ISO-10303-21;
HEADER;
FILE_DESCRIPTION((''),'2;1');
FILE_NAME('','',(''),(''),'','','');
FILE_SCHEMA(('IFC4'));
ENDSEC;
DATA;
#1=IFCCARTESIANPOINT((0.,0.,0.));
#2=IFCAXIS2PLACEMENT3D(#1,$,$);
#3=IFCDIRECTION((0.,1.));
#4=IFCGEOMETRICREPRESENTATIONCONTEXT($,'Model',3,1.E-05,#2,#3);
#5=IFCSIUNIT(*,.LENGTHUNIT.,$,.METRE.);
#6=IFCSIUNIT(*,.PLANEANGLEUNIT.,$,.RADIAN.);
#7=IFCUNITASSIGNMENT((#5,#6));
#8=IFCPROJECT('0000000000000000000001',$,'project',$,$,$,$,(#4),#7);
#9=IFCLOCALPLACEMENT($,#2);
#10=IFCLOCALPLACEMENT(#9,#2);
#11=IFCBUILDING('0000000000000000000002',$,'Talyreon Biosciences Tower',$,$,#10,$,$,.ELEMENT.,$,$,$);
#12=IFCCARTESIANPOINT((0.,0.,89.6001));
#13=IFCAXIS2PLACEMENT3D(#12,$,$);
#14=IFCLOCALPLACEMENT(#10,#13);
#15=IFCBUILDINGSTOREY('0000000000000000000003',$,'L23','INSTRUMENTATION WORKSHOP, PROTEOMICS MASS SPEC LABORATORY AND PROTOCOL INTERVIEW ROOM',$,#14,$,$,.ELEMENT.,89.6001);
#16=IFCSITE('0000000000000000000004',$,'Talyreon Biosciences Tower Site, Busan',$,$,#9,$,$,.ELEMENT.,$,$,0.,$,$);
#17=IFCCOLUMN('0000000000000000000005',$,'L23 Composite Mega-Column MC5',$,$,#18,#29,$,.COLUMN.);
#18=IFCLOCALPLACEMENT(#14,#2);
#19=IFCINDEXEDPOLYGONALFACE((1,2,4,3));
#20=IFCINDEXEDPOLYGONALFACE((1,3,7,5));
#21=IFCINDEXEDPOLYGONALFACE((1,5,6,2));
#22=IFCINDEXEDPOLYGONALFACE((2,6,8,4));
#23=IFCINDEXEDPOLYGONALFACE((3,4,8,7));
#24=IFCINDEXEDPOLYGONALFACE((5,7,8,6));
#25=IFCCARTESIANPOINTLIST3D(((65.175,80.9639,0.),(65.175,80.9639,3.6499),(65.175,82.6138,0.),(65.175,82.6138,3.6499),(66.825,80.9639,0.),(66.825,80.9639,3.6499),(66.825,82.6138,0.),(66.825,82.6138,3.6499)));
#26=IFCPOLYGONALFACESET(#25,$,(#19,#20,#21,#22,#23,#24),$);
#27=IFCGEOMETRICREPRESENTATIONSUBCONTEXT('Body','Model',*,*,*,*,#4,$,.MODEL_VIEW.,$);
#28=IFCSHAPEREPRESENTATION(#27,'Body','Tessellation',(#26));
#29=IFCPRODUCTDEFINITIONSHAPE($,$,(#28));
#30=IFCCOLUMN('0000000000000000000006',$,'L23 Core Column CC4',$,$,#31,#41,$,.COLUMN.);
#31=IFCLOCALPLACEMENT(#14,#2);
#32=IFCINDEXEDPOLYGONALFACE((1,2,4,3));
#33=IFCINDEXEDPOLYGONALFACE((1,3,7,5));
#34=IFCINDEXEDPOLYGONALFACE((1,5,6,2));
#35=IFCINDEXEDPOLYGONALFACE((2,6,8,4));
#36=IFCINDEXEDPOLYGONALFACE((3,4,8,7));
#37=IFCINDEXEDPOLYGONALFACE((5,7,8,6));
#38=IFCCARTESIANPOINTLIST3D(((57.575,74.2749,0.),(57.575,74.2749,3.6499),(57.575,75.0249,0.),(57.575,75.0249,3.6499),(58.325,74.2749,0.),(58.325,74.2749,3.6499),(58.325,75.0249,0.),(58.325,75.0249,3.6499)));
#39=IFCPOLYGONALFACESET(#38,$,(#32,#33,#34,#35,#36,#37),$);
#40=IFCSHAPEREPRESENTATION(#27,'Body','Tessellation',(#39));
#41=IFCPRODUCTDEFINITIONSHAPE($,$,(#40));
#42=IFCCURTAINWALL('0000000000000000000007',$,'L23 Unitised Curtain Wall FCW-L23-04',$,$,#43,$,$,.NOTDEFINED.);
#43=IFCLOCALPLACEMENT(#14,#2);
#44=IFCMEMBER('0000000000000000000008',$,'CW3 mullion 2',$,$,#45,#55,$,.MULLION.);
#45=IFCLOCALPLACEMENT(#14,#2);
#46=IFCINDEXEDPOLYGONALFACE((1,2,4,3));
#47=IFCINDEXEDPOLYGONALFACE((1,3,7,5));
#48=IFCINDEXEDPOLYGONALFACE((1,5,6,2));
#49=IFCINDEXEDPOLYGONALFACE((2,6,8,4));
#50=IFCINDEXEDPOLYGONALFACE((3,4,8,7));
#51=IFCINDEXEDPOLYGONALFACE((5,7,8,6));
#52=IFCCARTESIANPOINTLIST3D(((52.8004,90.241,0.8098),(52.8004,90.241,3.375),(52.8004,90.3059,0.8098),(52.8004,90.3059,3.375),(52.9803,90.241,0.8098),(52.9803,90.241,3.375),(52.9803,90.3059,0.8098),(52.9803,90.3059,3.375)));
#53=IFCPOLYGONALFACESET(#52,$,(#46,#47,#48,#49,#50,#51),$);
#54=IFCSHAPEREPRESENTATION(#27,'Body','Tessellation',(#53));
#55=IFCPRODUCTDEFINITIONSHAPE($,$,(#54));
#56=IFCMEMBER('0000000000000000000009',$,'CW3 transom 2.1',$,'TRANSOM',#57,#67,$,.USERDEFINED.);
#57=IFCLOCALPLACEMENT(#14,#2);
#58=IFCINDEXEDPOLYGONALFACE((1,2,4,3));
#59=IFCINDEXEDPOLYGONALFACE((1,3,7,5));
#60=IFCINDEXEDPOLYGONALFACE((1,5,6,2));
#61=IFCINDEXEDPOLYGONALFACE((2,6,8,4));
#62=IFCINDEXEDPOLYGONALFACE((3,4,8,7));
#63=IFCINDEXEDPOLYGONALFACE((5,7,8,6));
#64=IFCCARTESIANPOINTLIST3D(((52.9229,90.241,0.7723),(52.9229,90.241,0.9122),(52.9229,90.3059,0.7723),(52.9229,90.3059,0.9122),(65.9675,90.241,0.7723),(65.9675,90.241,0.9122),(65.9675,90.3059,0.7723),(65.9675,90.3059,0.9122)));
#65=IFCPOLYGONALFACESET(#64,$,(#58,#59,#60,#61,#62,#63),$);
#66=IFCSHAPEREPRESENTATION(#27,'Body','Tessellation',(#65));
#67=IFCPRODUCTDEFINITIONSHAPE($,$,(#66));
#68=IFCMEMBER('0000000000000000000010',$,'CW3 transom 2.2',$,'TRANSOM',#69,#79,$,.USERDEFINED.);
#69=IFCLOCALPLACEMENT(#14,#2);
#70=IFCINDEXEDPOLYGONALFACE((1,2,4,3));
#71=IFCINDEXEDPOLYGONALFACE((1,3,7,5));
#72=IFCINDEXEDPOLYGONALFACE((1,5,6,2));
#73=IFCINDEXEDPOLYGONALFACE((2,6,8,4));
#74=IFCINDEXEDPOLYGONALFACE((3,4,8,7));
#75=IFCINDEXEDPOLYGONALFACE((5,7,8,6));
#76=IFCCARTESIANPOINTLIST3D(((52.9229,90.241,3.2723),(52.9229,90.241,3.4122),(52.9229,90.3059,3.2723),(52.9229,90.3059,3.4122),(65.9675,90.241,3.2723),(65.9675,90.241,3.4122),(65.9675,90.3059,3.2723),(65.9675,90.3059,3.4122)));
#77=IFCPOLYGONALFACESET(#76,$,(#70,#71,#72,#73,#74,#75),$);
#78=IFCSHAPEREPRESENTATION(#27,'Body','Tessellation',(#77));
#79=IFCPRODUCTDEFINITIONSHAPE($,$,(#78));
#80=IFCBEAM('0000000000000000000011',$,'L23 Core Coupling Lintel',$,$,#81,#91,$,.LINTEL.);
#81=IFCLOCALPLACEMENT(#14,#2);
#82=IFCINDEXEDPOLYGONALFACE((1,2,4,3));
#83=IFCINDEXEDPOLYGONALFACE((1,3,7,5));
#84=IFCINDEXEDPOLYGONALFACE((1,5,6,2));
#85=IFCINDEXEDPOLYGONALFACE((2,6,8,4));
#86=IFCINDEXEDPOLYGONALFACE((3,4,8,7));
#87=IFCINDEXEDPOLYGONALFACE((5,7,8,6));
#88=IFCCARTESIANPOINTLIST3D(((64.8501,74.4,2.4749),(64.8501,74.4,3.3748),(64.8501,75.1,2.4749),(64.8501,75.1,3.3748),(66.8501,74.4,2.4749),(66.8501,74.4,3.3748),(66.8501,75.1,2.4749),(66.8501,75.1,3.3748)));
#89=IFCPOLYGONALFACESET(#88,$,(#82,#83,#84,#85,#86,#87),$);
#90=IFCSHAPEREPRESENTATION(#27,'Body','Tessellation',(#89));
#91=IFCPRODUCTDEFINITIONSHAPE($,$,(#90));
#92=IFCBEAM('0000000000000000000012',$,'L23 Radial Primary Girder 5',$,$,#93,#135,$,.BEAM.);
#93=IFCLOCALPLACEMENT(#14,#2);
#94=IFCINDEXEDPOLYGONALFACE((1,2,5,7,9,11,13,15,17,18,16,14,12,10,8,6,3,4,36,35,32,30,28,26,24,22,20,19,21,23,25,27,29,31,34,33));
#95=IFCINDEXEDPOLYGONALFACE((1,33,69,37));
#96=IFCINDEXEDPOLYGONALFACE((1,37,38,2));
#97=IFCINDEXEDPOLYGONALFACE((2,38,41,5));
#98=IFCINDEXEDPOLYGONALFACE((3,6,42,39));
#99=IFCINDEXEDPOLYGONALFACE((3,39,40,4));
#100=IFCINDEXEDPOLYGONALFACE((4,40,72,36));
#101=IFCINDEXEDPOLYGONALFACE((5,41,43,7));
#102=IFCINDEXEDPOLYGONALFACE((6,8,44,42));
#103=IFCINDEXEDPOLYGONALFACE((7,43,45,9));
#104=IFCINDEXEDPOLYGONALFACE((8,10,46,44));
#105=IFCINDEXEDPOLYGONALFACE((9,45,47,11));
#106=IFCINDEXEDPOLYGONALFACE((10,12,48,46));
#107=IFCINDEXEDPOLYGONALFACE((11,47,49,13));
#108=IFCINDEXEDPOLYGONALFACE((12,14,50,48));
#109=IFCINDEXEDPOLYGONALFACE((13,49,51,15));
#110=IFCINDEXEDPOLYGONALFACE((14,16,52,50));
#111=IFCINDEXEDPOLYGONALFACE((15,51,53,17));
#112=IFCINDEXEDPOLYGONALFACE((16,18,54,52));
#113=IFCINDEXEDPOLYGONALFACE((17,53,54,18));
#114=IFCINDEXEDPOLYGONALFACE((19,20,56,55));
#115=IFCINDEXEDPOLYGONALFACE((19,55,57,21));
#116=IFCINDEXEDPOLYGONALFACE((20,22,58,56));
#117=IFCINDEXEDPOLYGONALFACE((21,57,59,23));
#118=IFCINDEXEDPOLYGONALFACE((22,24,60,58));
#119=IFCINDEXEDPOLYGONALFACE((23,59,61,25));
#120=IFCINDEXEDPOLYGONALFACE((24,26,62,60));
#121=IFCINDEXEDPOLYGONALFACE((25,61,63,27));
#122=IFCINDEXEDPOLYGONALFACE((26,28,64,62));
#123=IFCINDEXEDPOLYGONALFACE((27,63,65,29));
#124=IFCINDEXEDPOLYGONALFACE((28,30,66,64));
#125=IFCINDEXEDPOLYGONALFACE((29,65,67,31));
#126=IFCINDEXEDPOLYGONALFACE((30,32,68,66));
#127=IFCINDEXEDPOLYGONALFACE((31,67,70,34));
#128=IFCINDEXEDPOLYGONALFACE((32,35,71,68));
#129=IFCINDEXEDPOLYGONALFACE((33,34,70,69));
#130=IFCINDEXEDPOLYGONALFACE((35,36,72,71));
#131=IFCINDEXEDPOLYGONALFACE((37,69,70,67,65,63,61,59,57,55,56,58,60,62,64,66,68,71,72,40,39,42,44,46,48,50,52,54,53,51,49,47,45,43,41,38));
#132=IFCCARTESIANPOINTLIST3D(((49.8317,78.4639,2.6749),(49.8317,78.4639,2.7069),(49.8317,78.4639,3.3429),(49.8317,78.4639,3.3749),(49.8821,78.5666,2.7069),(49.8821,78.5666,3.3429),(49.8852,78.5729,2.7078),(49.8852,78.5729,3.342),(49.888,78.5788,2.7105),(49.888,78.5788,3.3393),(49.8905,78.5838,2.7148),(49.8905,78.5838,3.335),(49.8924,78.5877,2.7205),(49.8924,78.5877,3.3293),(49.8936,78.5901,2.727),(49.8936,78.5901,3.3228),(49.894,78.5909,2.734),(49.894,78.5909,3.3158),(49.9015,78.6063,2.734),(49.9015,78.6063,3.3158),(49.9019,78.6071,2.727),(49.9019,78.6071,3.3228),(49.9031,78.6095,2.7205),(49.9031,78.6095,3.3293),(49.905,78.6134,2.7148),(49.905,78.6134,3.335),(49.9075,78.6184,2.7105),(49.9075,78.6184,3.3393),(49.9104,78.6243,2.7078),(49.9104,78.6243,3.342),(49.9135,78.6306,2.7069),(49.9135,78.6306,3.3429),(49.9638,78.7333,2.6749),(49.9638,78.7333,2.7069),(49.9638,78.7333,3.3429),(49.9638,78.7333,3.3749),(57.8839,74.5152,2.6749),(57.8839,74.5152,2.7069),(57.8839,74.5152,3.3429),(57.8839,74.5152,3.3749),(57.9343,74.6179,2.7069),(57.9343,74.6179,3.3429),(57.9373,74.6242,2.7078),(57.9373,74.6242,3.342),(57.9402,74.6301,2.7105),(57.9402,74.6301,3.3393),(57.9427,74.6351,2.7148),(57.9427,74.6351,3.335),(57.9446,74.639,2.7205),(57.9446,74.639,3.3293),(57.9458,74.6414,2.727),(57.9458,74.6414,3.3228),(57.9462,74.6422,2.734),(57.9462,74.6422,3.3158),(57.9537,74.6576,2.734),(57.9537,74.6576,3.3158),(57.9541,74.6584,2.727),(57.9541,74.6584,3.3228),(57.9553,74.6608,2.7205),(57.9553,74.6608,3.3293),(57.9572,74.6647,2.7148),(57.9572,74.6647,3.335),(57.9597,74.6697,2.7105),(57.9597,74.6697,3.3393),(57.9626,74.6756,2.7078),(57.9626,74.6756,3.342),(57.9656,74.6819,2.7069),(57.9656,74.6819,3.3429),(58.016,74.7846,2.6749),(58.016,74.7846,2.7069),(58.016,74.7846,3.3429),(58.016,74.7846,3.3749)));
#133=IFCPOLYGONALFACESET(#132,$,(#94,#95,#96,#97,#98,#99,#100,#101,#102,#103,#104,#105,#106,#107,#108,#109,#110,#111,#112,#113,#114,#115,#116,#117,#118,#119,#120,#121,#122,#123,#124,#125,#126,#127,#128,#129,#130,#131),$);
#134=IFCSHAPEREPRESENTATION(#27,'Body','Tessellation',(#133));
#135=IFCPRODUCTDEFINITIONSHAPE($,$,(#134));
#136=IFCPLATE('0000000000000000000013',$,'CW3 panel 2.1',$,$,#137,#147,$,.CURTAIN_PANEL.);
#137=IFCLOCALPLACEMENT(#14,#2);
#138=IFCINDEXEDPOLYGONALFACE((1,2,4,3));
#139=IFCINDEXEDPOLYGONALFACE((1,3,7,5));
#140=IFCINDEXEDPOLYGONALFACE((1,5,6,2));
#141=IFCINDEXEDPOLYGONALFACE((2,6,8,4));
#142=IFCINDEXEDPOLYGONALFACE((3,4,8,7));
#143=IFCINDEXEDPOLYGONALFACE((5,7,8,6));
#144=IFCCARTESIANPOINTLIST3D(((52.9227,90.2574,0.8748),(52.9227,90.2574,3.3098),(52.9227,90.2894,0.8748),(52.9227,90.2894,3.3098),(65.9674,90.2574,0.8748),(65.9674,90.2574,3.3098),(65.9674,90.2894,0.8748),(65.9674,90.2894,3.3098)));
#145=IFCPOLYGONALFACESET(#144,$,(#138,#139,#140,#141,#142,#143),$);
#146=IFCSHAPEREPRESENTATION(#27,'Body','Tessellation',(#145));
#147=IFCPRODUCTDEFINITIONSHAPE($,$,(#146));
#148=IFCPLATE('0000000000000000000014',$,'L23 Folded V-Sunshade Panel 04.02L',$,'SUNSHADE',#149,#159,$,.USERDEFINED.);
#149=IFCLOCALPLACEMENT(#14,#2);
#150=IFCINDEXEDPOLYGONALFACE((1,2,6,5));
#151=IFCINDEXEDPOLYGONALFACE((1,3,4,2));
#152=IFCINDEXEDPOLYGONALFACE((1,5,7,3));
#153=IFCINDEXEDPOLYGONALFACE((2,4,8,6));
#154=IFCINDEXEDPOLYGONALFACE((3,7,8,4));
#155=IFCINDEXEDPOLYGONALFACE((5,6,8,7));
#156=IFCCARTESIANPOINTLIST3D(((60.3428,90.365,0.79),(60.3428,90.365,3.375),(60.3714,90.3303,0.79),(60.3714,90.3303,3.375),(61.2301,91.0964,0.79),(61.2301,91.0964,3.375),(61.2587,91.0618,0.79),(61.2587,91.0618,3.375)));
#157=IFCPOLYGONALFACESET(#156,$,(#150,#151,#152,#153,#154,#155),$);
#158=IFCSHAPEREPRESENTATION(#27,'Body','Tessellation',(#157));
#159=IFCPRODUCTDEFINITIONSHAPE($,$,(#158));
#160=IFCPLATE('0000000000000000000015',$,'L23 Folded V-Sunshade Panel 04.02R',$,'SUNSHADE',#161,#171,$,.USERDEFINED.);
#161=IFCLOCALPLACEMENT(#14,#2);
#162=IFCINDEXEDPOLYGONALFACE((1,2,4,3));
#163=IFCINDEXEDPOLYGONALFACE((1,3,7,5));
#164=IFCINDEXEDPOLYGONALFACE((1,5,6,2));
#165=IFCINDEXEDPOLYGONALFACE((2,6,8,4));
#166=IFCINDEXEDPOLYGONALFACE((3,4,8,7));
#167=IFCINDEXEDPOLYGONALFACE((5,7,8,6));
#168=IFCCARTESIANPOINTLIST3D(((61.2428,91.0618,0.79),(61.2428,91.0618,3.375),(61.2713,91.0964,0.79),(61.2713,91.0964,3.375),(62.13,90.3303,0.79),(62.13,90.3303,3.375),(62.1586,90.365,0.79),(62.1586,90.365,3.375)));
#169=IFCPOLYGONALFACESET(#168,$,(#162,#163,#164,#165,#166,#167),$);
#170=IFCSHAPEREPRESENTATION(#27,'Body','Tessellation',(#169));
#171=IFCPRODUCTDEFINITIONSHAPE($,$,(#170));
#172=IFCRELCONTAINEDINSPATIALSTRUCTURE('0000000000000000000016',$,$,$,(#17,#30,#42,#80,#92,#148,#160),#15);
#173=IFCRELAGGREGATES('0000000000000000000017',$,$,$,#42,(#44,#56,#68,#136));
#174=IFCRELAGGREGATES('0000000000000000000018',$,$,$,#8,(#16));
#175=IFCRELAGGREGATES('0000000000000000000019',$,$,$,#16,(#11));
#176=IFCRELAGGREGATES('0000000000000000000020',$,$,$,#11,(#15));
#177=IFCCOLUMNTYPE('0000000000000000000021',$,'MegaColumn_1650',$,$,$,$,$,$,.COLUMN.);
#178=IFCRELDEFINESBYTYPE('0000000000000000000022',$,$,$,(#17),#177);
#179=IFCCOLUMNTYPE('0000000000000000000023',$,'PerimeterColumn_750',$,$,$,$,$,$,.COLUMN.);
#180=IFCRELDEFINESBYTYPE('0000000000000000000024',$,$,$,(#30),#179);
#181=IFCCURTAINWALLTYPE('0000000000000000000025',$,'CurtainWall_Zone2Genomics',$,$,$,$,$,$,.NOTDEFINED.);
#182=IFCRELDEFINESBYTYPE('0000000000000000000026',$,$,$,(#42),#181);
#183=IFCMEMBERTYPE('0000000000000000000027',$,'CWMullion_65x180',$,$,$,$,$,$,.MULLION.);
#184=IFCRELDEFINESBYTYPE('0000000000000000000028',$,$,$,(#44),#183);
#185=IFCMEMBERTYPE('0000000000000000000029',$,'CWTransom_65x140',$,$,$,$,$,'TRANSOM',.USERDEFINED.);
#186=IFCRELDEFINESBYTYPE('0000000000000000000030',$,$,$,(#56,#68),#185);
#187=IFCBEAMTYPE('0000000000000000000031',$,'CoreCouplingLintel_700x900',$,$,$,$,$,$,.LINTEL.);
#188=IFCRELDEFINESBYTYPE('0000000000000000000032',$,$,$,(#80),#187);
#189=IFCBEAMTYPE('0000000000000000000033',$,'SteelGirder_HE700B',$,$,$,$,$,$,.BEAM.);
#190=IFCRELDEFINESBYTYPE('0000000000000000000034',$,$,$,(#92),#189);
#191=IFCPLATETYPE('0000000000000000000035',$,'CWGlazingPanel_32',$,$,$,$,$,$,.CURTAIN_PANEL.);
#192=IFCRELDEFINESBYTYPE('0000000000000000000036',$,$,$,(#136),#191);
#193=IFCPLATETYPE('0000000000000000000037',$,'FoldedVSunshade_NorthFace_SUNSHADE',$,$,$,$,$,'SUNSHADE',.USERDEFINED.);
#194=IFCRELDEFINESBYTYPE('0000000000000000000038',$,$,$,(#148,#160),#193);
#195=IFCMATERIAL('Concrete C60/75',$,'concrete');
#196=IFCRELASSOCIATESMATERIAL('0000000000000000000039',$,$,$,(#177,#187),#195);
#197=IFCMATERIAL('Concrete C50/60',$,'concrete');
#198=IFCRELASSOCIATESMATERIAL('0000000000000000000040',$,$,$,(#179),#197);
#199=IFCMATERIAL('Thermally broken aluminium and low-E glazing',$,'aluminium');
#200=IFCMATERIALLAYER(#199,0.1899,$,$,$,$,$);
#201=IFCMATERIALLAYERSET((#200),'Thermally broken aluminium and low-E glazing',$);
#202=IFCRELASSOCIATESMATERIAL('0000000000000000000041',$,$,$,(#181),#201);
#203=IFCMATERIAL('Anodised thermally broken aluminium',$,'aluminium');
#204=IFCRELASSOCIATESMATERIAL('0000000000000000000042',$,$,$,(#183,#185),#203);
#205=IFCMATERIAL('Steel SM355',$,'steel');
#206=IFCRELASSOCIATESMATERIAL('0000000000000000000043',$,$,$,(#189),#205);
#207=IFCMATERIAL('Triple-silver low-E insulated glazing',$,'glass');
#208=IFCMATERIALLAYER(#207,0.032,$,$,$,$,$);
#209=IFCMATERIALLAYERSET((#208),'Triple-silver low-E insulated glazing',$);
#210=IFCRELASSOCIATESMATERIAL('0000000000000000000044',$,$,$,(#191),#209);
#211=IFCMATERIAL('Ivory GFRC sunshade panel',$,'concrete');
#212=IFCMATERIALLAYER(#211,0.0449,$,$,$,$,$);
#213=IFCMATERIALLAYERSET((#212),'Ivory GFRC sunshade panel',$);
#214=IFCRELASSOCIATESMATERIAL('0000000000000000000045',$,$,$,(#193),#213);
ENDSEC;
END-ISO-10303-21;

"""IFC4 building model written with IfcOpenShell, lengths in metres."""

from ifc_helpers import new_model, si_unit, direction, frame, origin, origin_2d, place, context, subcontext, project, spatial, rectangle, i_section, extrude, material, layer, layer_set, material_profile, profile_set, type_object, element, aggregate, save


model = new_model("IFC4")

# Units and contexts
model_context = context("Model", 3, precision=1e-05, world=origin(), true_north=direction((0.0, 1.0)))
body_context = subcontext(model_context, "Body", "Model", "MODEL_VIEW")
ifc_project = project(units=[si_unit("LENGTHUNIT", "METRE"), si_unit("PLANEANGLEUNIT", "RADIAN")], contexts=[model_context])

# Site, building, storey
site_placement = place(None, origin())
site = spatial("IfcSite", under=ifc_project, at=site_placement, Name="Talyreon Biosciences Tower Site, Busan", CompositionType="ELEMENT", RefElevation=0.0)
building_placement = place(site_placement, origin())
building = spatial("IfcBuilding", under=site, at=building_placement, Name="Talyreon Biosciences Tower", CompositionType="ELEMENT")
storey_placement = place(building_placement, frame((0.0, 0.0, 89.6001)))
storey = spatial("IfcBuildingStorey", under=building, at=storey_placement, Name="L23", Description="INSTRUMENTATION WORKSHOP, PROTEOMICS MASS SPEC LABORATORY AND PROTOCOL INTERVIEW ROOM", CompositionType="ELEMENT", Elevation=89.6001)

# Columns
ifc_material_1 = material(Name="Concrete C60/75", Category="concrete")
ifc_material_profile_1 = material_profile(ifc_material_1, rectangle(XDim=1.6499, YDim=1.6499, at=origin_2d()), Name="RC 1650x1650")
ifc_profile_set_1 = profile_set([ifc_material_profile_1], Name="Concrete C60/75")
column_type_1 = type_object("IfcColumnType", Name="MegaColumn_1650", PredefinedType="COLUMN", material=ifc_profile_set_1)
column_1_placement = place(storey_placement, frame((66.0, 81.7888, 0.0), z_axis=(0.0, 0.0, 1.0), x_axis=(1.0, 0.0, 0.0)))
element("IfcColumn", 1, at=column_1_placement, inside=storey, type_object=column_type_1, Name="L23 Composite Mega-Column MC5", PredefinedType="COLUMN", context=body_context, shape_type="SweptSolid", body=[
    extrude(rectangle(XDim=1.6499, YDim=1.6499, at=origin_2d()), origin(), (0.0, 0.0, 1.0), 3.6499),
])
ifc_material_2 = material(Name="Concrete C50/60", Category="concrete")
ifc_material_profile_2 = material_profile(ifc_material_2, rectangle(XDim=0.75, YDim=0.75, at=origin_2d()), Name="RC 750x750")
ifc_profile_set_2 = profile_set([ifc_material_profile_2], Name="Concrete C50/60")
column_type_2 = type_object("IfcColumnType", Name="PerimeterColumn_750", PredefinedType="COLUMN", material=ifc_profile_set_2)
column_2_placement = place(storey_placement, frame((57.95, 74.6499, 0.0), z_axis=(0.0, 0.0, 1.0), x_axis=(1.0, 0.0, 0.0)))
element("IfcColumn", 2, at=column_2_placement, inside=storey, type_object=column_type_2, Name="L23 Core Column CC4", PredefinedType="COLUMN", context=body_context, shape_type="SweptSolid", body=[
    extrude(rectangle(XDim=0.75, YDim=0.75, at=origin_2d()), origin(), (0.0, 0.0, 1.0), 3.6499),
])

# Curtain wall, members
ifc_material_3 = material(Name="Thermally broken aluminium and low-E glazing", Category="aluminium")
ifc_layer_1 = layer(ifc_material_3, 0.1899)
ifc_layer_set_1 = layer_set([ifc_layer_1], Name="Thermally broken aluminium and low-E glazing")
curtain_wall_type = type_object("IfcCurtainWallType", Name="CurtainWall_Zone2Genomics", PredefinedType="NOTDEFINED", material=ifc_layer_set_1)
curtain_wall_placement = place(storey_placement, origin())
curtain_wall = element("IfcCurtainWall", 3, at=curtain_wall_placement, inside=storey, type_object=curtain_wall_type, Name="L23 Unitised Curtain Wall FCW-L23-04", PredefinedType="NOTDEFINED")
ifc_material_4 = material(Name="Anodised thermally broken aluminium", Category="aluminium")
ifc_material_profile_3 = material_profile(ifc_material_4, rectangle(XDim=0.0649, YDim=0.1799, at=origin_2d()), Name="ALUM MULLION 65x180")
ifc_profile_set_3 = profile_set([ifc_material_profile_3], Name="Anodised thermally broken aluminium")
member_type_1 = type_object("IfcMemberType", Name="CWMullion_65x180", PredefinedType="MULLION", material=ifc_profile_set_3)
member_1_placement = place(storey_placement, frame((52.8904, 90.2734, 0.8098), z_axis=(0.0, 0.0, 1.0), x_axis=(0.0, 1.0, 0.0)))
member_1 = element("IfcMember", 4, at=member_1_placement, type_object=member_type_1, Name="CW3 mullion 2", PredefinedType="MULLION", context=body_context, shape_type="SweptSolid", body=[
    extrude(rectangle(XDim=0.0649, YDim=0.1799, at=origin_2d()), origin(), (0.0, 0.0, 1.0), 2.5652),
])
ifc_material_profile_4 = material_profile(ifc_material_4, rectangle(XDim=0.0649, YDim=0.1399, at=origin_2d()), Name="ALUM TRANSOM 65x140")
ifc_profile_set_4 = profile_set([ifc_material_profile_4], Name="Anodised thermally broken aluminium")
member_type_2 = type_object("IfcMemberType", Name="CWTransom_65x140", ElementType="TRANSOM", PredefinedType="USERDEFINED", material=ifc_profile_set_4)
member_2_placement = place(storey_placement, frame((52.9229, 90.2734, 0.8423), z_axis=(1.0, 0.0, 0.0), x_axis=(0.0, 1.0, 0.0)))
member_2 = element("IfcMember", 5, at=member_2_placement, type_object=member_type_2, Name="CW3 transom 2.1", ObjectType="TRANSOM", PredefinedType="USERDEFINED", context=body_context, shape_type="SweptSolid", body=[
    extrude(rectangle(XDim=0.0649, YDim=0.1399, at=origin_2d()), origin(), (0.0, 0.0, 1.0), 13.0447),
])
member_3_placement = place(storey_placement, frame((52.9229, 90.2734, 3.3423), z_axis=(1.0, 0.0, 0.0), x_axis=(0.0, 1.0, 0.0)))
member_3 = element("IfcMember", 6, at=member_3_placement, type_object=member_type_2, Name="CW3 transom 2.2", ObjectType="TRANSOM", PredefinedType="USERDEFINED", context=body_context, shape_type="SweptSolid", body=[
    extrude(rectangle(XDim=0.0649, YDim=0.1399, at=origin_2d()), origin(), (0.0, 0.0, 1.0), 13.0447),
])

# Beams
ifc_material_profile_5 = material_profile(ifc_material_1, rectangle(XDim=0.7, YDim=0.8999, at=origin_2d()), Name="RCB 700x900")
ifc_profile_set_5 = profile_set([ifc_material_profile_5], Name="Concrete C60/75")
beam_type_1 = type_object("IfcBeamType", Name="CoreCouplingLintel_700x900", PredefinedType="LINTEL", material=ifc_profile_set_5)
beam_1_placement = place(storey_placement, frame((64.8501, 74.75, 2.9248), z_axis=(1.0, 0.0, 0.0), x_axis=(0.0, 1.0, 0.0)))
element("IfcBeam", 7, at=beam_1_placement, inside=storey, type_object=beam_type_1, Name="L23 Core Coupling Lintel", PredefinedType="LINTEL", context=body_context, shape_type="SweptSolid", body=[
    extrude(rectangle(XDim=0.7, YDim=0.8999, at=origin_2d()), origin(), (0.0, 0.0, 1.0), 2.0),
])
ifc_material_5 = material(Name="Steel SM355", Category="steel")
ifc_material_profile_6 = material_profile(ifc_material_5, i_section(OverallWidth=0.3, OverallDepth=0.7, WebThickness=0.0171, FlangeThickness=0.032, FilletRadius=0.0271, at=origin_2d()), Name="HE700B")
ifc_profile_set_6 = profile_set([ifc_material_profile_6], Name="Steel SM355")
beam_type_2 = type_object("IfcBeamType", Name="SteelGirder_HE700B", PredefinedType="BEAM", material=ifc_profile_set_6)
beam_2_placement = place(storey_placement, frame((57.95, 74.6499, 3.0249), z_axis=(-0.897852, 0.440297, 0.0), x_axis=(-0.440297, -0.897852, 0.0)))
element("IfcBeam", 8, at=beam_2_placement, inside=storey, type_object=beam_type_2, Name="L23 Radial Primary Girder 5", PredefinedType="BEAM", context=body_context, shape_type="SweptSolid", body=[
    extrude(i_section(OverallWidth=0.3, OverallDepth=0.7, WebThickness=0.0171, FlangeThickness=0.032, FilletRadius=0.0271, at=origin_2d()), origin(), (0.0, 0.0, 1.0), 8.9683),
])

# Plate
ifc_material_6 = material(Name="Triple-silver low-E insulated glazing", Category="glass")
ifc_layer_2 = layer(ifc_material_6, 0.032)
ifc_layer_set_2 = layer_set([ifc_layer_2], Name="Triple-silver low-E insulated glazing")
plate_type_1 = type_object("IfcPlateType", Name="CWGlazingPanel_32", PredefinedType="CURTAIN_PANEL", material=ifc_layer_set_2)
plate_placement = place(storey_placement, frame((59.4451, 90.2734, 0.8748), z_axis=(0.0, 0.0, 1.0), x_axis=(1.0, 0.0, 0.0)))
plate = element("IfcPlate", 9, at=plate_placement, type_object=plate_type_1, Name="CW3 panel 2.1", PredefinedType="CURTAIN_PANEL", context=body_context, shape_type="SweptSolid", body=[
    extrude(rectangle(XDim=13.0447, YDim=0.032, at=origin_2d()), origin(), (0.0, 0.0, 1.0), 2.4351),
])
aggregate(curtain_wall, [member_1, member_2, member_3, plate])

# Plates
ifc_material_7 = material(Name="Ivory GFRC sunshade panel", Category="concrete")
ifc_layer_3 = layer(ifc_material_7, 0.0449)
ifc_layer_set_3 = layer_set([ifc_layer_3], Name="Ivory GFRC sunshade panel")
plate_type_2 = type_object("IfcPlateType", Name="FoldedVSunshade_NorthFace_SUNSHADE", ElementType="SUNSHADE", PredefinedType="USERDEFINED", material=ifc_layer_set_3)
for number, where, z_axis, x_axis, name in (
    (10, (60.8008, 90.7134, 0.79), (0.0, 0.0, 1.0), (0.771625, 0.636078, 0.0), "L23 Folded V-Sunshade Panel 04.02L"),
    (11, (61.7007, 90.7134, 0.79), (0.0, 0.0, 1.0), (0.771625, -0.636078, 0.0), "L23 Folded V-Sunshade Panel 04.02R"),
):
    element("IfcPlate", number, at=place(storey_placement, frame(where, z_axis=z_axis, x_axis=x_axis)), inside=storey, type_object=plate_type_2, Name=name, ObjectType="SUNSHADE", PredefinedType="USERDEFINED", context=body_context, shape_type="SweptSolid", body=[
        extrude(rectangle(XDim=1.1499, YDim=0.0449, at=origin_2d()), origin(), (0.0, 0.0, 1.0), 2.585),
    ])

save(model, "model.ifc")
